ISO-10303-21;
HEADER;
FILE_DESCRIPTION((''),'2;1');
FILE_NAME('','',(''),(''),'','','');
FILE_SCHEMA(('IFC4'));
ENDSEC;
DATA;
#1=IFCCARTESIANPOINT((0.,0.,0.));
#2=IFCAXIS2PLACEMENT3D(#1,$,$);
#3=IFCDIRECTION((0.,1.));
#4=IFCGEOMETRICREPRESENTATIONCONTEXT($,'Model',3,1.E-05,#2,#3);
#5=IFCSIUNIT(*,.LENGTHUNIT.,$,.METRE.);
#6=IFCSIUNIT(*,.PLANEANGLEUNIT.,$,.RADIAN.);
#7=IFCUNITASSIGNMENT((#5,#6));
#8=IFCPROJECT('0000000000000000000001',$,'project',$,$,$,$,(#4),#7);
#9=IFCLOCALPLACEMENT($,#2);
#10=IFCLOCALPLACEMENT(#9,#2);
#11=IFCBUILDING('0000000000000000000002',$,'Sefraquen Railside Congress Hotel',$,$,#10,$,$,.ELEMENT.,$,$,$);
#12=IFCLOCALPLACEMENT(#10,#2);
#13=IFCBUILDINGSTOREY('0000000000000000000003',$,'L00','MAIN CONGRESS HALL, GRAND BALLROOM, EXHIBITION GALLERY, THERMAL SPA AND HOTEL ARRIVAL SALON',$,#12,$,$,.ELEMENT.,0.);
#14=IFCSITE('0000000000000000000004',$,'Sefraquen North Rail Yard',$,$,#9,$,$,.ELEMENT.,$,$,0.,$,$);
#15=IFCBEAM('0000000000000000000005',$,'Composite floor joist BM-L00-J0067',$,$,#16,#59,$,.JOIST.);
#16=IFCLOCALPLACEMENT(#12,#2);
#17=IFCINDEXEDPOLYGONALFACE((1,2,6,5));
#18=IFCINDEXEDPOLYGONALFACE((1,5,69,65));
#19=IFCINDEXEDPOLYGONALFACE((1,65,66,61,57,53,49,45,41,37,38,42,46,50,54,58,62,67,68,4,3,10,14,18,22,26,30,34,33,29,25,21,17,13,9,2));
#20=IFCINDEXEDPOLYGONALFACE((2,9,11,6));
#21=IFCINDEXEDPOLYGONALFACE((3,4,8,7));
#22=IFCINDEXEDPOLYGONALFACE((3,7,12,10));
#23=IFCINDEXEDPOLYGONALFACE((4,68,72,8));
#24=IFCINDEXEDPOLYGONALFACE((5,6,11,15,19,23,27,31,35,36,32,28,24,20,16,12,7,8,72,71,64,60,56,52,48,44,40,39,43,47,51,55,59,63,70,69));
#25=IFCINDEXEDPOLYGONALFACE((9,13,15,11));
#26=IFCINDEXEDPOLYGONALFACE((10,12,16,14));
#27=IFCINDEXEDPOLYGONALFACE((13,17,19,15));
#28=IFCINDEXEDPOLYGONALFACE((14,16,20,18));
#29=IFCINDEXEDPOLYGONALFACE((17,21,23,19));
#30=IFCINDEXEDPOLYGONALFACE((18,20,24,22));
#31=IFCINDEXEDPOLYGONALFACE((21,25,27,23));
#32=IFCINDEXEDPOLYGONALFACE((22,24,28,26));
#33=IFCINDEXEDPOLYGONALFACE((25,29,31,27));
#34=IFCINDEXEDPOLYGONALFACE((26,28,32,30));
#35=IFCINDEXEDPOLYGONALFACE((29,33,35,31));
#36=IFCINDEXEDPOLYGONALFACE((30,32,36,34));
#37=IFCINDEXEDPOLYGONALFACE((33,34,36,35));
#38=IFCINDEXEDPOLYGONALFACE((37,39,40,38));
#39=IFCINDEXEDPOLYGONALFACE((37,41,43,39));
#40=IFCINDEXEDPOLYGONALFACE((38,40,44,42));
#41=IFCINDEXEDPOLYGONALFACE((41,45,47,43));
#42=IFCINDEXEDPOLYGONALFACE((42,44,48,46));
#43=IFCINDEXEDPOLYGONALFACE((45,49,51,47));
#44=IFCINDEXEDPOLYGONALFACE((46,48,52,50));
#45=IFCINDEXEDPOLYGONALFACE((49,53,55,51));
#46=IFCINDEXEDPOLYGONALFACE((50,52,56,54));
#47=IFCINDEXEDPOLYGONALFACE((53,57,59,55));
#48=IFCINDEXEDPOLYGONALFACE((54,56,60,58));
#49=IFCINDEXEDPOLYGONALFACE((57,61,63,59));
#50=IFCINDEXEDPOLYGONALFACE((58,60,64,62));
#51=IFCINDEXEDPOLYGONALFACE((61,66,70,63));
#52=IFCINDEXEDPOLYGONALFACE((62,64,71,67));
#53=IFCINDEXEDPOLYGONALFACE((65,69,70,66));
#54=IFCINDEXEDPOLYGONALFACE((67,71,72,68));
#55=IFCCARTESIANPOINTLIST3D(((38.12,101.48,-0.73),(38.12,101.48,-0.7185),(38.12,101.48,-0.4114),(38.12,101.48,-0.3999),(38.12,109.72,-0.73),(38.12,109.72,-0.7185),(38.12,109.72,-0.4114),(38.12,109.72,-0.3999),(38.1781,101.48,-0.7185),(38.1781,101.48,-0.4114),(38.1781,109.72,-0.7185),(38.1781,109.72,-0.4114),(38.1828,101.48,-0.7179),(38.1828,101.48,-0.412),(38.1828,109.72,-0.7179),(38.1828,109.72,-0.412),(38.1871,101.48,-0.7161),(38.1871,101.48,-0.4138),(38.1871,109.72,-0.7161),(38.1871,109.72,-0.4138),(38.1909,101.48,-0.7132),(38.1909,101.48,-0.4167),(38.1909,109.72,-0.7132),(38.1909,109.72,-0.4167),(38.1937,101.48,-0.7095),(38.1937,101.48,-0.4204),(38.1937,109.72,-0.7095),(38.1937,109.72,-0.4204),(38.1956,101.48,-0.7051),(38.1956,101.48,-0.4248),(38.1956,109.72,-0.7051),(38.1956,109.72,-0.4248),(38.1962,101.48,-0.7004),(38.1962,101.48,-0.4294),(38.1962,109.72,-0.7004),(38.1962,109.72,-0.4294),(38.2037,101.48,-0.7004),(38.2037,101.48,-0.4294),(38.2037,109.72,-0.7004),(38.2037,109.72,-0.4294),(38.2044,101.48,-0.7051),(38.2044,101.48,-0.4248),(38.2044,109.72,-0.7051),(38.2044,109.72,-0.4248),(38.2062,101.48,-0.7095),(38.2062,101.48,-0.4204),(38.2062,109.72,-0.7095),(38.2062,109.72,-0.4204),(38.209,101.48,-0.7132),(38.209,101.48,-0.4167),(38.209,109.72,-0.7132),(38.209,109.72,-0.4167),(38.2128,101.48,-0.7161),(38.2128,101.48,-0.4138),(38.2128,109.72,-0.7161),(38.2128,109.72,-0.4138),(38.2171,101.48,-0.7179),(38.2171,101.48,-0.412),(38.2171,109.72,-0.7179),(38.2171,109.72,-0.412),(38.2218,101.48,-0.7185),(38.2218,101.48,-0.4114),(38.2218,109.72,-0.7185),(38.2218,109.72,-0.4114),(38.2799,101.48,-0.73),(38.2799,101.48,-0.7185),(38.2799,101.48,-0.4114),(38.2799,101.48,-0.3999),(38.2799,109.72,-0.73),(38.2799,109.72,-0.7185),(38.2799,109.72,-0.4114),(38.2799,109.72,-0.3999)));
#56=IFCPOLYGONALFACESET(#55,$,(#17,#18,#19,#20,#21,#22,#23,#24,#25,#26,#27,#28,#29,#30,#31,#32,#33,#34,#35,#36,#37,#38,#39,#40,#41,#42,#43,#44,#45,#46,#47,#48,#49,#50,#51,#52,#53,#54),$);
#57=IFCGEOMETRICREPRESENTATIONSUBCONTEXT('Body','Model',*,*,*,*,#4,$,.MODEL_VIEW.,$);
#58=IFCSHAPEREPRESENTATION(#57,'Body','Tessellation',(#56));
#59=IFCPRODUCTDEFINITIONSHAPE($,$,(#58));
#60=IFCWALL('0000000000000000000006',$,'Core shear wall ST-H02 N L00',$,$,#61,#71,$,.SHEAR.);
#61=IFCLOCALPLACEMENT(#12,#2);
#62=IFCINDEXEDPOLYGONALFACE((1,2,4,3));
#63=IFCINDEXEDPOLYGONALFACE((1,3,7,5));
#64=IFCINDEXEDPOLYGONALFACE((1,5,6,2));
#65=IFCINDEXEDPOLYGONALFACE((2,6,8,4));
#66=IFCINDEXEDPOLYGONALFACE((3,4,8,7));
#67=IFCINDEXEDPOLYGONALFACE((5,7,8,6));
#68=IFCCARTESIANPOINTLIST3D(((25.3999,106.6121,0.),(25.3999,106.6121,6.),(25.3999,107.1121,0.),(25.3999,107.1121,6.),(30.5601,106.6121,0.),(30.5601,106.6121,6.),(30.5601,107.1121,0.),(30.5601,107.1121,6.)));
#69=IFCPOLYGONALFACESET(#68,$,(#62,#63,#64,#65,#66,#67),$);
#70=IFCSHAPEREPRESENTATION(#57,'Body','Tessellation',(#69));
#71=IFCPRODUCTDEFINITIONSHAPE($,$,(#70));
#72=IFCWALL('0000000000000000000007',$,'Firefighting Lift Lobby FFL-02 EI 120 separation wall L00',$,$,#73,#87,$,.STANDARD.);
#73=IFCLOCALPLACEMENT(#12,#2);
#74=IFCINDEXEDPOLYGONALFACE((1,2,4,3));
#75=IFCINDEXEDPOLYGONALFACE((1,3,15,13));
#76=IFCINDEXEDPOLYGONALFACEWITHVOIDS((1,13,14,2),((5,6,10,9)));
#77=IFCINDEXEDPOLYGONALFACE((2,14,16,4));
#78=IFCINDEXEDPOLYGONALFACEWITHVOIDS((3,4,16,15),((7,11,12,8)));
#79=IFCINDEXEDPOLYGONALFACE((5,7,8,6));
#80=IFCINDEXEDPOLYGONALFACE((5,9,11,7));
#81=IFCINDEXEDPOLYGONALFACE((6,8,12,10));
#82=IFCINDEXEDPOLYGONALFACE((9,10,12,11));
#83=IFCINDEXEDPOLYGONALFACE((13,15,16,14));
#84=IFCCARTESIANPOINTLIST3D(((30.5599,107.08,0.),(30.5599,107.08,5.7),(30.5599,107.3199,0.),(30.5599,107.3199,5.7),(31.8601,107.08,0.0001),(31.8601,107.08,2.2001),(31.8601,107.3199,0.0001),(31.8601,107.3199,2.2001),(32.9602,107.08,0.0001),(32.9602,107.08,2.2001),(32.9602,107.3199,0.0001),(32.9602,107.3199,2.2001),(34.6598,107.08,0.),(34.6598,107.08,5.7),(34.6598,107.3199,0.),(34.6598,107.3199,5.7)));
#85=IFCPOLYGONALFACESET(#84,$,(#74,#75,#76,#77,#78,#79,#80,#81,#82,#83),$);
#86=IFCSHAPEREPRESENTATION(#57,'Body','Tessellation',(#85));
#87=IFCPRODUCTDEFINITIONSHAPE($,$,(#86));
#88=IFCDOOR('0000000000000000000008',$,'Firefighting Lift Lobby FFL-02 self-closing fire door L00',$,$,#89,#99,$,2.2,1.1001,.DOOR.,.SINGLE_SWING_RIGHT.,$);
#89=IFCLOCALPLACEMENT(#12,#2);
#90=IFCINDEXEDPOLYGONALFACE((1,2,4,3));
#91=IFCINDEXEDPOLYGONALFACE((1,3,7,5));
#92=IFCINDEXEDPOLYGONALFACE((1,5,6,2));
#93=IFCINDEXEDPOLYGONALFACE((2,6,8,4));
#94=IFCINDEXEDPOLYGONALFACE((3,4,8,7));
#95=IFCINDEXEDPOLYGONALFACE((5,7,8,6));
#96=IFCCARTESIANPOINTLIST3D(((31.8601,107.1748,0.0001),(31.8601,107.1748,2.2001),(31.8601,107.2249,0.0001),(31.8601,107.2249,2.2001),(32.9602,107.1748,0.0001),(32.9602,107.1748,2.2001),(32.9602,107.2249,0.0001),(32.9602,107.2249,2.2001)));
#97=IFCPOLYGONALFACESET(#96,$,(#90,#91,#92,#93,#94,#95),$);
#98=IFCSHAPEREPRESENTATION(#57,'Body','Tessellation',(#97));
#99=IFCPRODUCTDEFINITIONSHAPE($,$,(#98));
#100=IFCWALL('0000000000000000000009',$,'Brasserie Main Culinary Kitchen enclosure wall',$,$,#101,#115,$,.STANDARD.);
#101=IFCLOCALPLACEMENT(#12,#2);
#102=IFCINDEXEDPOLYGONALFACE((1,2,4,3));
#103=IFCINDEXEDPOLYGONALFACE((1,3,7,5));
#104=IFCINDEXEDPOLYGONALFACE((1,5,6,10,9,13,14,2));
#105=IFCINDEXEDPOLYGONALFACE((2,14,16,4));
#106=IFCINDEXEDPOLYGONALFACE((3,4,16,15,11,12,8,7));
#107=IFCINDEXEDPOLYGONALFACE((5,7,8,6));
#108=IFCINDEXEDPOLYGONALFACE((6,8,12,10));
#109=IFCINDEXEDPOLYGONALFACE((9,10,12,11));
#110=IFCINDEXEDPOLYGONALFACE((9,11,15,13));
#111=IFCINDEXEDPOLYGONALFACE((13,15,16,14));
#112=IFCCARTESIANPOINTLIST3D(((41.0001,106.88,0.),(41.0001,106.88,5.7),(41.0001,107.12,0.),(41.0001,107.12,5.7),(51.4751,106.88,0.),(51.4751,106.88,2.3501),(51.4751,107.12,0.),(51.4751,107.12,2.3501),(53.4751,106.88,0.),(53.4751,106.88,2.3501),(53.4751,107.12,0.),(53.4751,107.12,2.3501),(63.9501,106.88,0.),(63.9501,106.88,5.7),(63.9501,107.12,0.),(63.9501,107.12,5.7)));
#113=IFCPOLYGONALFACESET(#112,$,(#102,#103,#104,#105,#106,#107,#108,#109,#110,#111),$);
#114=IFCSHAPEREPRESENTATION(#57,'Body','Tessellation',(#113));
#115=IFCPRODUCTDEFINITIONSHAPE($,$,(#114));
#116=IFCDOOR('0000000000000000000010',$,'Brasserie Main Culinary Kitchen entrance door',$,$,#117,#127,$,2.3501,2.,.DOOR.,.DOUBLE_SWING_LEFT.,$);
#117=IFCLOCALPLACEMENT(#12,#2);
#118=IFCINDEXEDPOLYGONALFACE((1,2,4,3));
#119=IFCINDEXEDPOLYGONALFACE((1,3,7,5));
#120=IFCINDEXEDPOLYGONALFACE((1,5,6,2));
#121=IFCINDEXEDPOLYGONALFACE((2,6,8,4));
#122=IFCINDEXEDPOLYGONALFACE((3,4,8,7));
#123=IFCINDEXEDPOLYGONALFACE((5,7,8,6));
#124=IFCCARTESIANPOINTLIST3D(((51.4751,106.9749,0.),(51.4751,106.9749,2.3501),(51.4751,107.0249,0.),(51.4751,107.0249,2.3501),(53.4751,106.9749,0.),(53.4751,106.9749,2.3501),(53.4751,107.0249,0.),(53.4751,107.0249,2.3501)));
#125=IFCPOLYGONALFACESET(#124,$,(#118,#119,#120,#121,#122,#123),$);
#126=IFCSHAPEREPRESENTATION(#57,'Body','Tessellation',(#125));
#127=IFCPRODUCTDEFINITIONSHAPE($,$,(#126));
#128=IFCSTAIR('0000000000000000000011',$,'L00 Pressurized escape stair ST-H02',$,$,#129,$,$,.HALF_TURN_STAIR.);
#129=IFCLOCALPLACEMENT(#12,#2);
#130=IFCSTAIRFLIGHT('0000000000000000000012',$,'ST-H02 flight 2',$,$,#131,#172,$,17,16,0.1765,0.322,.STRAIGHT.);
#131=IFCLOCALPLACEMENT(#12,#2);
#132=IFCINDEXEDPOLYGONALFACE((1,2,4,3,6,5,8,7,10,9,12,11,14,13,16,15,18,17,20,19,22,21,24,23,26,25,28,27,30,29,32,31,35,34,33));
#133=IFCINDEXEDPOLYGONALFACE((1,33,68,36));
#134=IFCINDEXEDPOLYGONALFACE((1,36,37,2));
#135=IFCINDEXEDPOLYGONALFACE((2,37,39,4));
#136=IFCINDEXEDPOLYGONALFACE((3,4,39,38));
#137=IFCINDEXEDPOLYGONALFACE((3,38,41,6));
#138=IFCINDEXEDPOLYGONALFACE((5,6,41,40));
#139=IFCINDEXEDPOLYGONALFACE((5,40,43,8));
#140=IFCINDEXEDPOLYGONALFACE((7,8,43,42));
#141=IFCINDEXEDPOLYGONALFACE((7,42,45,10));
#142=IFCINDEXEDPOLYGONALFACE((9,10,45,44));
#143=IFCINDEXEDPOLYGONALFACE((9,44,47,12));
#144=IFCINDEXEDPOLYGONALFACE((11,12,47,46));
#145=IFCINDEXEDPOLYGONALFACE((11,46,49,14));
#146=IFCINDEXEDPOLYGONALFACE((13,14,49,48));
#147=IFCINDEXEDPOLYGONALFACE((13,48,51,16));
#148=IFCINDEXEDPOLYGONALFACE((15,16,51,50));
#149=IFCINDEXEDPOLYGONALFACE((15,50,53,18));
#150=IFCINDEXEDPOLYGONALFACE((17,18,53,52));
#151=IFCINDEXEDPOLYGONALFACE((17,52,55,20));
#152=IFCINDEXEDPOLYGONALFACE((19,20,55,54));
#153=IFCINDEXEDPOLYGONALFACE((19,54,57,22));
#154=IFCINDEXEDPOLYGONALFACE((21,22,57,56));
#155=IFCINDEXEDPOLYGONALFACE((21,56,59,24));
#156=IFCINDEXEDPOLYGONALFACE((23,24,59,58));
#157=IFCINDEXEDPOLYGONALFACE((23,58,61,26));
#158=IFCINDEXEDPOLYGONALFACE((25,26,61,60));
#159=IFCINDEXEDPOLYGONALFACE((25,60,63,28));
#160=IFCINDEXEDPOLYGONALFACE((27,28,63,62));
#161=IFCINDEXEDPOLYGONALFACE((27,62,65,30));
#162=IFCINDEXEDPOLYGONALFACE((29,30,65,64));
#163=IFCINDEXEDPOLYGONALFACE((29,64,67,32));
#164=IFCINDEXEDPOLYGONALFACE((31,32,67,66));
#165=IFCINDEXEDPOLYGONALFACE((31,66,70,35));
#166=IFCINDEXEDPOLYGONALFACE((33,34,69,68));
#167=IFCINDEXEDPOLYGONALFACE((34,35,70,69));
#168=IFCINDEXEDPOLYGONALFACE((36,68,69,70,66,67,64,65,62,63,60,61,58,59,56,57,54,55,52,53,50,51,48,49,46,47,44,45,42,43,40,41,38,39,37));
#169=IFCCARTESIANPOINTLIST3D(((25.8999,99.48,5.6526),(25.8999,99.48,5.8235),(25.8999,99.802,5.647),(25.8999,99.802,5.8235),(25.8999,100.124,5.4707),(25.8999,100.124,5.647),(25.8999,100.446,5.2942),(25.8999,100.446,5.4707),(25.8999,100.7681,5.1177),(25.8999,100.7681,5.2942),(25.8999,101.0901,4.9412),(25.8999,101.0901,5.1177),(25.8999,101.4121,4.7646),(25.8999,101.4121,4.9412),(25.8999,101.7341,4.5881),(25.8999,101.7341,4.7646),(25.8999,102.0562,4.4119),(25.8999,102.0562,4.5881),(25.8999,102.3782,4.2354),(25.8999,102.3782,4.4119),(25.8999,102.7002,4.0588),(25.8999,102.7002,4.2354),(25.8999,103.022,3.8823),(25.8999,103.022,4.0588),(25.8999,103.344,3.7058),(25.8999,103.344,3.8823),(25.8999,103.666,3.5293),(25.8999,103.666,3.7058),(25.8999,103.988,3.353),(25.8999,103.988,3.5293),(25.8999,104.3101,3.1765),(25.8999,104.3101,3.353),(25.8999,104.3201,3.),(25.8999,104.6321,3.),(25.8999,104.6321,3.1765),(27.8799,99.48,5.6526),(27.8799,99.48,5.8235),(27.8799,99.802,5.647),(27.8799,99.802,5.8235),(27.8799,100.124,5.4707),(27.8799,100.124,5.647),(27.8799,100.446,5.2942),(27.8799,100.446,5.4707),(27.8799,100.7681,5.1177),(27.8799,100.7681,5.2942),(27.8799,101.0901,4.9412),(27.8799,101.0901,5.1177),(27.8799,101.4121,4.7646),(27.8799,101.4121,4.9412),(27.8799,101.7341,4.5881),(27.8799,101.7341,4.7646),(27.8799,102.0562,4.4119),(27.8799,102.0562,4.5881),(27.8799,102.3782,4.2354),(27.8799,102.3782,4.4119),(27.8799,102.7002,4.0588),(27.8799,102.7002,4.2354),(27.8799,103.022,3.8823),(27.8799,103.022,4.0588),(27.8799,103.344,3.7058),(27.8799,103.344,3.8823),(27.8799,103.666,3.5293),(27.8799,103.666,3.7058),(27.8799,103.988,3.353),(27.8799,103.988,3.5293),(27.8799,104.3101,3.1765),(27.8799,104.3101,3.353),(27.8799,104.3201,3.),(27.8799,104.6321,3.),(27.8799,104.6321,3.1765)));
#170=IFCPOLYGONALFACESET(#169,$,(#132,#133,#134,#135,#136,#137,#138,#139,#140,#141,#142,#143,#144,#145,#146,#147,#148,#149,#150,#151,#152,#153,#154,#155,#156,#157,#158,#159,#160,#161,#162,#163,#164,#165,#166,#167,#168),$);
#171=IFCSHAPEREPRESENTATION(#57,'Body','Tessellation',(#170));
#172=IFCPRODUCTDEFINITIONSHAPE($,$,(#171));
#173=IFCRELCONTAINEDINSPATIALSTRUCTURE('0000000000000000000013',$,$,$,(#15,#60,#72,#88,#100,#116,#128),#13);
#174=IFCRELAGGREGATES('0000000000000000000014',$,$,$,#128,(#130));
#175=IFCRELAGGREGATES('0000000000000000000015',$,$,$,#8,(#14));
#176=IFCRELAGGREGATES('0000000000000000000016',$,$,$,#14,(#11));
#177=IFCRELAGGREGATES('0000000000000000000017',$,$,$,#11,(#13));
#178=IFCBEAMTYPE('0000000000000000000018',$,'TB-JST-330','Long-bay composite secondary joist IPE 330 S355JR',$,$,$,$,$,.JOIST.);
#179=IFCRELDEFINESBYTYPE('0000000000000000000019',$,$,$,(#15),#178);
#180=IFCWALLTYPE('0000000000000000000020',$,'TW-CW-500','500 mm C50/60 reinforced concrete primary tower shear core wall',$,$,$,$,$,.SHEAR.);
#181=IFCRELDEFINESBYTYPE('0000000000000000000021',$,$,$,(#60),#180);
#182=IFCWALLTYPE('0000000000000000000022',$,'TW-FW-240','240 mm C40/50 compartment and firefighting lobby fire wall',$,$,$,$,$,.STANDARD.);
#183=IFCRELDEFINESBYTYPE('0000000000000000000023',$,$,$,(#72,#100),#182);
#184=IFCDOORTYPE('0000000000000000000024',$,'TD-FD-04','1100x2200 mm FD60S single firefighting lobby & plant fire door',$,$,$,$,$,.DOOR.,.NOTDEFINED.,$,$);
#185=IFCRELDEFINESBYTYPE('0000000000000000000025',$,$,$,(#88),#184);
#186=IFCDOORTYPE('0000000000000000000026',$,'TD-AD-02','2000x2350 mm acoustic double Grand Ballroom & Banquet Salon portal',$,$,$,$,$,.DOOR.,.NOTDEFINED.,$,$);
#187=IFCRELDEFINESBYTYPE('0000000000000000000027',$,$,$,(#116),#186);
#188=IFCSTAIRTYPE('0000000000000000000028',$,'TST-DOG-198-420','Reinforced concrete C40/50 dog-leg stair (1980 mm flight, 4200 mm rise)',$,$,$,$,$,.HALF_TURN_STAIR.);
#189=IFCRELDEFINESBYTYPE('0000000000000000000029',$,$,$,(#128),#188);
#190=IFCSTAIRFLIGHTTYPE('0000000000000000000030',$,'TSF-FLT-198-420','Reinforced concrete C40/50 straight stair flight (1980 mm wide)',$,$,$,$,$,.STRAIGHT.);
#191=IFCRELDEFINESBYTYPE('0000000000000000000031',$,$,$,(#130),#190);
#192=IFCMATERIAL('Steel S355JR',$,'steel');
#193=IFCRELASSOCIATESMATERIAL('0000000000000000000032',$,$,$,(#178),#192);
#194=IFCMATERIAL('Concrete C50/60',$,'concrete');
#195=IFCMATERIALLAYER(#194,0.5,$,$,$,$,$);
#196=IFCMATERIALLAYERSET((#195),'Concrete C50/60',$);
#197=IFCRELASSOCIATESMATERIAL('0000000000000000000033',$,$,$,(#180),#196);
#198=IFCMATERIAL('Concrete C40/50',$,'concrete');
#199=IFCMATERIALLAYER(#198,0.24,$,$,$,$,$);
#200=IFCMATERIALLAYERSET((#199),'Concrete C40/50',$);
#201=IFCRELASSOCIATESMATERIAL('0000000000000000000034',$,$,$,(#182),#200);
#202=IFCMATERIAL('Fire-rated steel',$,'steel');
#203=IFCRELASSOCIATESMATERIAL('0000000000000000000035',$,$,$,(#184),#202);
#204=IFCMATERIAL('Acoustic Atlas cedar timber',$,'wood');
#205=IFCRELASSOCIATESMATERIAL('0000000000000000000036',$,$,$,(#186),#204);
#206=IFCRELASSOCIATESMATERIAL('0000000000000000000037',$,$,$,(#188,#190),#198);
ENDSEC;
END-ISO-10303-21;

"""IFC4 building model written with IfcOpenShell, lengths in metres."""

from ifc_helpers import new_model, si_unit, direction, frame, frame_2d, origin, origin_2d, place, context, subcontext, project, spatial, polyline, rectangle, i_section, outline, extrude, material, layer, layer_set, material_profile, profile_set, type_object, element, fill, aggregate, save


model = new_model("IFC4")

# Units and contexts
model_context = context("Model", 3, precision=1e-05, world=origin(), true_north=direction((0.0, 1.0)))
body_context = subcontext(model_context, "Body", "Model", "MODEL_VIEW")
ifc_project = project(units=[si_unit("LENGTHUNIT", "METRE"), si_unit("PLANEANGLEUNIT", "RADIAN")], contexts=[model_context])

# Site, building, storey
site_placement = place(None, origin())
site = spatial("IfcSite", under=ifc_project, at=site_placement, Name="Sefraquen North Rail Yard", CompositionType="ELEMENT", RefElevation=0.0)
building_placement = place(site_placement, origin())
building = spatial("IfcBuilding", under=site, at=building_placement, Name="Sefraquen Railside Congress Hotel", CompositionType="ELEMENT")
storey_placement = place(building_placement, origin())
storey = spatial("IfcBuildingStorey", under=building, at=storey_placement, Name="L00", Description="MAIN CONGRESS HALL, GRAND BALLROOM, EXHIBITION GALLERY, THERMAL SPA AND HOTEL ARRIVAL SALON", CompositionType="ELEMENT", Elevation=0.0)

# Shared definitions
ifc_material_1 = material(Name="Steel S355JR", Category="steel")

# Beam
ifc_material_profile_1 = material_profile(ifc_material_1, i_section(OverallWidth=0.1599, OverallDepth=0.3301, WebThickness=0.0076, FlangeThickness=0.0115, FilletRadius=0.0181, at=origin_2d()), Name="IPE 330")
ifc_profile_set_1 = profile_set([ifc_material_profile_1], Name="Steel S355JR")
beam_type_1 = type_object("IfcBeamType", Name="TB-JST-330", Description="Long-bay composite secondary joist IPE 330 S355JR", PredefinedType="JOIST", material=ifc_profile_set_1)
for number, where, z_axis, x_axis, name in (
    (1, (38.2, 101.48, -0.5649), (0.0, 1.0, 0.0), (-1.0, 0.0, 0.0), "Composite floor joist BM-L00-J0067"),
):
    element("IfcBeam", number, at=place(storey_placement, frame(where, z_axis=z_axis, x_axis=x_axis)), inside=storey, type_object=beam_type_1, Name=name, PredefinedType="JOIST", context=body_context, shape_type="SweptSolid", body=[
        extrude(i_section(OverallWidth=0.1599, OverallDepth=0.3301, WebThickness=0.0076, FlangeThickness=0.0115, FilletRadius=0.0181, at=origin_2d()), origin(), (0.0, 0.0, 1.0), 8.24),
    ])

# Wall
ifc_material_2 = material(Name="Concrete C50/60", Category="concrete")
ifc_layer_1 = layer(ifc_material_2, 0.5)
ifc_layer_set_1 = layer_set([ifc_layer_1], Name="Concrete C50/60")
wall_type_1 = type_object("IfcWallType", Name="TW-CW-500", Description="500 mm C50/60 reinforced concrete primary tower shear core wall", PredefinedType="SHEAR", material=ifc_layer_set_1)
wall_1_placement = place(storey_placement, frame((25.3999, 106.8621, 0.0), z_axis=(0.0, 0.0, 1.0), x_axis=(1.0, 0.0, 0.0)))
element("IfcWall", 2, at=wall_1_placement, inside=storey, type_object=wall_type_1, Name="Core shear wall ST-H02 N L00", PredefinedType="SHEAR", context=body_context, shape_type="SweptSolid", body=[
    extrude(rectangle(XDim=5.1602, YDim=0.5, at=frame_2d((2.5801, 0.0))), origin(), (0.0, 0.0, 1.0), 6.0),
])

# Walls, openings, doors
ifc_material_3 = material(Name="Concrete C40/50", Category="concrete")
ifc_layer_2 = layer(ifc_material_3, 0.24)
ifc_layer_set_2 = layer_set([ifc_layer_2], Name="Concrete C40/50")
wall_type_2 = type_object("IfcWallType", Name="TW-FW-240", Description="240 mm C40/50 compartment and firefighting lobby fire wall", PredefinedType="STANDARD", material=ifc_layer_set_2)
wall_2_placement = place(storey_placement, frame((30.5601, 107.2, 0.0), z_axis=(0.0, 0.0, 1.0), x_axis=(1.0, 0.0, 0.0)))
wall_2 = element("IfcWall", 3, at=wall_2_placement, inside=storey, type_object=wall_type_2, Name="Firefighting Lift Lobby FFL-02 EI 120 separation wall L00", PredefinedType="STANDARD", context=body_context, shape_type="SweptSolid", body=[
    extrude(rectangle(XDim=4.0999, YDim=0.24, at=frame_2d((2.0498, 0.0))), origin(), (0.0, 0.0, 1.0), 5.7),
])
opening_1_placement = place(wall_2_placement, frame((1.3, 0.0, 0.0)))
opening_1 = element("IfcOpeningElement", 4, at=opening_1_placement, cuts=wall_2, PredefinedType="OPENING", context=body_context, shape_type="SweptSolid", body=[
    extrude(rectangle(XDim=1.1001, YDim=2.2, at=frame_2d((0.55, 1.1001))), frame((0.0, 0.1299, 0.0), z_axis=(0.0, -1.0, 0.0), x_axis=(1.0, 0.0, 0.0)), (0.0, 0.0, 1.0), 0.26),
])
ifc_material_4 = material(Name="Fire-rated steel", Category="steel")
door_type_1 = type_object("IfcDoorType", Name="TD-FD-04", Description="1100x2200 mm FD60S single firefighting lobby & plant fire door", OperationType="NOTDEFINED", PredefinedType="DOOR", material=ifc_material_4)
door_1_placement = place(opening_1_placement, origin())
door_1 = element("IfcDoor", 5, at=door_1_placement, inside=storey, type_object=door_type_1, Name="Firefighting Lift Lobby FFL-02 self-closing fire door L00", OperationType="SINGLE_SWING_RIGHT", OverallHeight=2.2, OverallWidth=1.1001, PredefinedType="DOOR", context=body_context, shape_type="SweptSolid", body=[
    extrude(rectangle(XDim=1.1001, YDim=2.2, at=frame_2d((0.55, 1.1001))), frame((0.0, 0.0249, 0.0), z_axis=(0.0, -1.0, 0.0), x_axis=(1.0, 0.0, 0.0)), (0.0, 0.0, 1.0), 0.05),
])
fill(opening_1, door_1)
wall_3_placement = place(storey_placement, frame((41.0, 107.0, 0.0), z_axis=(0.0, 0.0, 1.0), x_axis=(1.0, 0.0, 0.0)))
wall_3 = element("IfcWall", 6, at=wall_3_placement, inside=storey, type_object=wall_type_2, Name="Brasserie Main Culinary Kitchen enclosure wall", PredefinedType="STANDARD", context=body_context, shape_type="SweptSolid", body=[
    extrude(rectangle(XDim=22.95, YDim=0.24, at=frame_2d((11.4751, 0.0))), origin(), (0.0, 0.0, 1.0), 5.7),
])
opening_2_placement = place(wall_3_placement, frame((10.4751, 0.0, 0.0)))
opening_2 = element("IfcOpeningElement", 7, at=opening_2_placement, cuts=wall_3, PredefinedType="OPENING", context=body_context, shape_type="SweptSolid", body=[
    extrude(rectangle(XDim=2.0, YDim=2.3501, at=frame_2d((1.0, 1.175))), frame((0.0, 0.1299, 0.0), z_axis=(0.0, -1.0, 0.0), x_axis=(1.0, 0.0, 0.0)), (0.0, 0.0, 1.0), 0.26),
])
ifc_material_5 = material(Name="Acoustic Atlas cedar timber", Category="wood")
door_type_2 = type_object("IfcDoorType", Name="TD-AD-02", Description="2000x2350 mm acoustic double Grand Ballroom & Banquet Salon portal", OperationType="NOTDEFINED", PredefinedType="DOOR", material=ifc_material_5)
door_2_placement = place(opening_2_placement, origin())
door_2 = element("IfcDoor", 8, at=door_2_placement, inside=storey, type_object=door_type_2, Name="Brasserie Main Culinary Kitchen entrance door", OperationType="DOUBLE_SWING_LEFT", OverallHeight=2.3501, OverallWidth=2.0, PredefinedType="DOOR", context=body_context, shape_type="SweptSolid", body=[
    extrude(rectangle(XDim=2.0, YDim=2.3501, at=frame_2d((1.0, 1.175))), frame((0.0, 0.0249, 0.0), z_axis=(0.0, -1.0, 0.0), x_axis=(1.0, 0.0, 0.0)), (0.0, 0.0, 1.0), 0.05),
])
fill(opening_2, door_2)

# Stair, stair flight
stair_type = type_object("IfcStairType", Name="TST-DOG-198-420", Description="Reinforced concrete C40/50 dog-leg stair (1980 mm flight, 4200 mm rise)", PredefinedType="HALF_TURN_STAIR", material=ifc_material_3)
stair_placement = place(storey_placement, origin())
stair = element("IfcStair", 9, at=stair_placement, inside=storey, type_object=stair_type, Name="L00 Pressurized escape stair ST-H02", PredefinedType="HALF_TURN_STAIR")
stair_flight_type = type_object("IfcStairFlightType", Name="TSF-FLT-198-420", Description="Reinforced concrete C40/50 straight stair flight (1980 mm wide)", PredefinedType="STRAIGHT", material=ifc_material_3)
stair_flight_placement = place(storey_placement, frame((26.8899, 104.6321, 3.0), z_axis=(0.0, 0.0, 1.0), x_axis=(0.0, -1.0, 0.0)))
stair_flight = element("IfcStairFlight", 10, at=stair_flight_placement, type_object=stair_flight_type, Name="ST-H02 flight 2", NumberOfRisers=17, NumberOfTreads=16, PredefinedType="STRAIGHT", RiserHeight=0.1765, TreadLength=0.322, context=body_context, shape_type="SweptSolid", body=[
    extrude(outline(polyline([(0.0, 0.0), (0.0, 0.1765), (0.322, 0.1765), (0.322, 0.353), (0.644, 0.353), (0.644, 0.5293), (0.9661, 0.5293), (0.9661, 0.7058), (1.2881, 0.7058), (1.2881, 0.8823), (1.6101, 0.8823), (1.6101, 1.0588), (1.9319, 1.0588), (1.9319, 1.2354), (2.2539, 1.2354), (2.2539, 1.4119), (2.5759, 1.4119), (2.5759, 1.5881), (2.8979, 1.5881), (2.8979, 1.7646), (3.22, 1.7646), (3.22, 1.9412), (3.542, 1.9412), (3.542, 2.1177), (3.864, 2.1177), (3.864, 2.2942), (4.186, 2.2942), (4.186, 2.4707), (4.5081, 2.4707), (4.5081, 2.647), (4.8301, 2.647), (4.8301, 2.8235), (5.1521, 2.8235), (5.1521, 3.0), (5.1521, 2.6526), (0.312, 0.0), (0.0, 0.0)])), frame((0.0, 0.99, 0.0), z_axis=(0.0, -1.0, 0.0), x_axis=(1.0, 0.0, 0.0)), (0.0, 0.0, 1.0), 1.98),
])
aggregate(stair, [stair_flight])

save(model, "model.ifc")
